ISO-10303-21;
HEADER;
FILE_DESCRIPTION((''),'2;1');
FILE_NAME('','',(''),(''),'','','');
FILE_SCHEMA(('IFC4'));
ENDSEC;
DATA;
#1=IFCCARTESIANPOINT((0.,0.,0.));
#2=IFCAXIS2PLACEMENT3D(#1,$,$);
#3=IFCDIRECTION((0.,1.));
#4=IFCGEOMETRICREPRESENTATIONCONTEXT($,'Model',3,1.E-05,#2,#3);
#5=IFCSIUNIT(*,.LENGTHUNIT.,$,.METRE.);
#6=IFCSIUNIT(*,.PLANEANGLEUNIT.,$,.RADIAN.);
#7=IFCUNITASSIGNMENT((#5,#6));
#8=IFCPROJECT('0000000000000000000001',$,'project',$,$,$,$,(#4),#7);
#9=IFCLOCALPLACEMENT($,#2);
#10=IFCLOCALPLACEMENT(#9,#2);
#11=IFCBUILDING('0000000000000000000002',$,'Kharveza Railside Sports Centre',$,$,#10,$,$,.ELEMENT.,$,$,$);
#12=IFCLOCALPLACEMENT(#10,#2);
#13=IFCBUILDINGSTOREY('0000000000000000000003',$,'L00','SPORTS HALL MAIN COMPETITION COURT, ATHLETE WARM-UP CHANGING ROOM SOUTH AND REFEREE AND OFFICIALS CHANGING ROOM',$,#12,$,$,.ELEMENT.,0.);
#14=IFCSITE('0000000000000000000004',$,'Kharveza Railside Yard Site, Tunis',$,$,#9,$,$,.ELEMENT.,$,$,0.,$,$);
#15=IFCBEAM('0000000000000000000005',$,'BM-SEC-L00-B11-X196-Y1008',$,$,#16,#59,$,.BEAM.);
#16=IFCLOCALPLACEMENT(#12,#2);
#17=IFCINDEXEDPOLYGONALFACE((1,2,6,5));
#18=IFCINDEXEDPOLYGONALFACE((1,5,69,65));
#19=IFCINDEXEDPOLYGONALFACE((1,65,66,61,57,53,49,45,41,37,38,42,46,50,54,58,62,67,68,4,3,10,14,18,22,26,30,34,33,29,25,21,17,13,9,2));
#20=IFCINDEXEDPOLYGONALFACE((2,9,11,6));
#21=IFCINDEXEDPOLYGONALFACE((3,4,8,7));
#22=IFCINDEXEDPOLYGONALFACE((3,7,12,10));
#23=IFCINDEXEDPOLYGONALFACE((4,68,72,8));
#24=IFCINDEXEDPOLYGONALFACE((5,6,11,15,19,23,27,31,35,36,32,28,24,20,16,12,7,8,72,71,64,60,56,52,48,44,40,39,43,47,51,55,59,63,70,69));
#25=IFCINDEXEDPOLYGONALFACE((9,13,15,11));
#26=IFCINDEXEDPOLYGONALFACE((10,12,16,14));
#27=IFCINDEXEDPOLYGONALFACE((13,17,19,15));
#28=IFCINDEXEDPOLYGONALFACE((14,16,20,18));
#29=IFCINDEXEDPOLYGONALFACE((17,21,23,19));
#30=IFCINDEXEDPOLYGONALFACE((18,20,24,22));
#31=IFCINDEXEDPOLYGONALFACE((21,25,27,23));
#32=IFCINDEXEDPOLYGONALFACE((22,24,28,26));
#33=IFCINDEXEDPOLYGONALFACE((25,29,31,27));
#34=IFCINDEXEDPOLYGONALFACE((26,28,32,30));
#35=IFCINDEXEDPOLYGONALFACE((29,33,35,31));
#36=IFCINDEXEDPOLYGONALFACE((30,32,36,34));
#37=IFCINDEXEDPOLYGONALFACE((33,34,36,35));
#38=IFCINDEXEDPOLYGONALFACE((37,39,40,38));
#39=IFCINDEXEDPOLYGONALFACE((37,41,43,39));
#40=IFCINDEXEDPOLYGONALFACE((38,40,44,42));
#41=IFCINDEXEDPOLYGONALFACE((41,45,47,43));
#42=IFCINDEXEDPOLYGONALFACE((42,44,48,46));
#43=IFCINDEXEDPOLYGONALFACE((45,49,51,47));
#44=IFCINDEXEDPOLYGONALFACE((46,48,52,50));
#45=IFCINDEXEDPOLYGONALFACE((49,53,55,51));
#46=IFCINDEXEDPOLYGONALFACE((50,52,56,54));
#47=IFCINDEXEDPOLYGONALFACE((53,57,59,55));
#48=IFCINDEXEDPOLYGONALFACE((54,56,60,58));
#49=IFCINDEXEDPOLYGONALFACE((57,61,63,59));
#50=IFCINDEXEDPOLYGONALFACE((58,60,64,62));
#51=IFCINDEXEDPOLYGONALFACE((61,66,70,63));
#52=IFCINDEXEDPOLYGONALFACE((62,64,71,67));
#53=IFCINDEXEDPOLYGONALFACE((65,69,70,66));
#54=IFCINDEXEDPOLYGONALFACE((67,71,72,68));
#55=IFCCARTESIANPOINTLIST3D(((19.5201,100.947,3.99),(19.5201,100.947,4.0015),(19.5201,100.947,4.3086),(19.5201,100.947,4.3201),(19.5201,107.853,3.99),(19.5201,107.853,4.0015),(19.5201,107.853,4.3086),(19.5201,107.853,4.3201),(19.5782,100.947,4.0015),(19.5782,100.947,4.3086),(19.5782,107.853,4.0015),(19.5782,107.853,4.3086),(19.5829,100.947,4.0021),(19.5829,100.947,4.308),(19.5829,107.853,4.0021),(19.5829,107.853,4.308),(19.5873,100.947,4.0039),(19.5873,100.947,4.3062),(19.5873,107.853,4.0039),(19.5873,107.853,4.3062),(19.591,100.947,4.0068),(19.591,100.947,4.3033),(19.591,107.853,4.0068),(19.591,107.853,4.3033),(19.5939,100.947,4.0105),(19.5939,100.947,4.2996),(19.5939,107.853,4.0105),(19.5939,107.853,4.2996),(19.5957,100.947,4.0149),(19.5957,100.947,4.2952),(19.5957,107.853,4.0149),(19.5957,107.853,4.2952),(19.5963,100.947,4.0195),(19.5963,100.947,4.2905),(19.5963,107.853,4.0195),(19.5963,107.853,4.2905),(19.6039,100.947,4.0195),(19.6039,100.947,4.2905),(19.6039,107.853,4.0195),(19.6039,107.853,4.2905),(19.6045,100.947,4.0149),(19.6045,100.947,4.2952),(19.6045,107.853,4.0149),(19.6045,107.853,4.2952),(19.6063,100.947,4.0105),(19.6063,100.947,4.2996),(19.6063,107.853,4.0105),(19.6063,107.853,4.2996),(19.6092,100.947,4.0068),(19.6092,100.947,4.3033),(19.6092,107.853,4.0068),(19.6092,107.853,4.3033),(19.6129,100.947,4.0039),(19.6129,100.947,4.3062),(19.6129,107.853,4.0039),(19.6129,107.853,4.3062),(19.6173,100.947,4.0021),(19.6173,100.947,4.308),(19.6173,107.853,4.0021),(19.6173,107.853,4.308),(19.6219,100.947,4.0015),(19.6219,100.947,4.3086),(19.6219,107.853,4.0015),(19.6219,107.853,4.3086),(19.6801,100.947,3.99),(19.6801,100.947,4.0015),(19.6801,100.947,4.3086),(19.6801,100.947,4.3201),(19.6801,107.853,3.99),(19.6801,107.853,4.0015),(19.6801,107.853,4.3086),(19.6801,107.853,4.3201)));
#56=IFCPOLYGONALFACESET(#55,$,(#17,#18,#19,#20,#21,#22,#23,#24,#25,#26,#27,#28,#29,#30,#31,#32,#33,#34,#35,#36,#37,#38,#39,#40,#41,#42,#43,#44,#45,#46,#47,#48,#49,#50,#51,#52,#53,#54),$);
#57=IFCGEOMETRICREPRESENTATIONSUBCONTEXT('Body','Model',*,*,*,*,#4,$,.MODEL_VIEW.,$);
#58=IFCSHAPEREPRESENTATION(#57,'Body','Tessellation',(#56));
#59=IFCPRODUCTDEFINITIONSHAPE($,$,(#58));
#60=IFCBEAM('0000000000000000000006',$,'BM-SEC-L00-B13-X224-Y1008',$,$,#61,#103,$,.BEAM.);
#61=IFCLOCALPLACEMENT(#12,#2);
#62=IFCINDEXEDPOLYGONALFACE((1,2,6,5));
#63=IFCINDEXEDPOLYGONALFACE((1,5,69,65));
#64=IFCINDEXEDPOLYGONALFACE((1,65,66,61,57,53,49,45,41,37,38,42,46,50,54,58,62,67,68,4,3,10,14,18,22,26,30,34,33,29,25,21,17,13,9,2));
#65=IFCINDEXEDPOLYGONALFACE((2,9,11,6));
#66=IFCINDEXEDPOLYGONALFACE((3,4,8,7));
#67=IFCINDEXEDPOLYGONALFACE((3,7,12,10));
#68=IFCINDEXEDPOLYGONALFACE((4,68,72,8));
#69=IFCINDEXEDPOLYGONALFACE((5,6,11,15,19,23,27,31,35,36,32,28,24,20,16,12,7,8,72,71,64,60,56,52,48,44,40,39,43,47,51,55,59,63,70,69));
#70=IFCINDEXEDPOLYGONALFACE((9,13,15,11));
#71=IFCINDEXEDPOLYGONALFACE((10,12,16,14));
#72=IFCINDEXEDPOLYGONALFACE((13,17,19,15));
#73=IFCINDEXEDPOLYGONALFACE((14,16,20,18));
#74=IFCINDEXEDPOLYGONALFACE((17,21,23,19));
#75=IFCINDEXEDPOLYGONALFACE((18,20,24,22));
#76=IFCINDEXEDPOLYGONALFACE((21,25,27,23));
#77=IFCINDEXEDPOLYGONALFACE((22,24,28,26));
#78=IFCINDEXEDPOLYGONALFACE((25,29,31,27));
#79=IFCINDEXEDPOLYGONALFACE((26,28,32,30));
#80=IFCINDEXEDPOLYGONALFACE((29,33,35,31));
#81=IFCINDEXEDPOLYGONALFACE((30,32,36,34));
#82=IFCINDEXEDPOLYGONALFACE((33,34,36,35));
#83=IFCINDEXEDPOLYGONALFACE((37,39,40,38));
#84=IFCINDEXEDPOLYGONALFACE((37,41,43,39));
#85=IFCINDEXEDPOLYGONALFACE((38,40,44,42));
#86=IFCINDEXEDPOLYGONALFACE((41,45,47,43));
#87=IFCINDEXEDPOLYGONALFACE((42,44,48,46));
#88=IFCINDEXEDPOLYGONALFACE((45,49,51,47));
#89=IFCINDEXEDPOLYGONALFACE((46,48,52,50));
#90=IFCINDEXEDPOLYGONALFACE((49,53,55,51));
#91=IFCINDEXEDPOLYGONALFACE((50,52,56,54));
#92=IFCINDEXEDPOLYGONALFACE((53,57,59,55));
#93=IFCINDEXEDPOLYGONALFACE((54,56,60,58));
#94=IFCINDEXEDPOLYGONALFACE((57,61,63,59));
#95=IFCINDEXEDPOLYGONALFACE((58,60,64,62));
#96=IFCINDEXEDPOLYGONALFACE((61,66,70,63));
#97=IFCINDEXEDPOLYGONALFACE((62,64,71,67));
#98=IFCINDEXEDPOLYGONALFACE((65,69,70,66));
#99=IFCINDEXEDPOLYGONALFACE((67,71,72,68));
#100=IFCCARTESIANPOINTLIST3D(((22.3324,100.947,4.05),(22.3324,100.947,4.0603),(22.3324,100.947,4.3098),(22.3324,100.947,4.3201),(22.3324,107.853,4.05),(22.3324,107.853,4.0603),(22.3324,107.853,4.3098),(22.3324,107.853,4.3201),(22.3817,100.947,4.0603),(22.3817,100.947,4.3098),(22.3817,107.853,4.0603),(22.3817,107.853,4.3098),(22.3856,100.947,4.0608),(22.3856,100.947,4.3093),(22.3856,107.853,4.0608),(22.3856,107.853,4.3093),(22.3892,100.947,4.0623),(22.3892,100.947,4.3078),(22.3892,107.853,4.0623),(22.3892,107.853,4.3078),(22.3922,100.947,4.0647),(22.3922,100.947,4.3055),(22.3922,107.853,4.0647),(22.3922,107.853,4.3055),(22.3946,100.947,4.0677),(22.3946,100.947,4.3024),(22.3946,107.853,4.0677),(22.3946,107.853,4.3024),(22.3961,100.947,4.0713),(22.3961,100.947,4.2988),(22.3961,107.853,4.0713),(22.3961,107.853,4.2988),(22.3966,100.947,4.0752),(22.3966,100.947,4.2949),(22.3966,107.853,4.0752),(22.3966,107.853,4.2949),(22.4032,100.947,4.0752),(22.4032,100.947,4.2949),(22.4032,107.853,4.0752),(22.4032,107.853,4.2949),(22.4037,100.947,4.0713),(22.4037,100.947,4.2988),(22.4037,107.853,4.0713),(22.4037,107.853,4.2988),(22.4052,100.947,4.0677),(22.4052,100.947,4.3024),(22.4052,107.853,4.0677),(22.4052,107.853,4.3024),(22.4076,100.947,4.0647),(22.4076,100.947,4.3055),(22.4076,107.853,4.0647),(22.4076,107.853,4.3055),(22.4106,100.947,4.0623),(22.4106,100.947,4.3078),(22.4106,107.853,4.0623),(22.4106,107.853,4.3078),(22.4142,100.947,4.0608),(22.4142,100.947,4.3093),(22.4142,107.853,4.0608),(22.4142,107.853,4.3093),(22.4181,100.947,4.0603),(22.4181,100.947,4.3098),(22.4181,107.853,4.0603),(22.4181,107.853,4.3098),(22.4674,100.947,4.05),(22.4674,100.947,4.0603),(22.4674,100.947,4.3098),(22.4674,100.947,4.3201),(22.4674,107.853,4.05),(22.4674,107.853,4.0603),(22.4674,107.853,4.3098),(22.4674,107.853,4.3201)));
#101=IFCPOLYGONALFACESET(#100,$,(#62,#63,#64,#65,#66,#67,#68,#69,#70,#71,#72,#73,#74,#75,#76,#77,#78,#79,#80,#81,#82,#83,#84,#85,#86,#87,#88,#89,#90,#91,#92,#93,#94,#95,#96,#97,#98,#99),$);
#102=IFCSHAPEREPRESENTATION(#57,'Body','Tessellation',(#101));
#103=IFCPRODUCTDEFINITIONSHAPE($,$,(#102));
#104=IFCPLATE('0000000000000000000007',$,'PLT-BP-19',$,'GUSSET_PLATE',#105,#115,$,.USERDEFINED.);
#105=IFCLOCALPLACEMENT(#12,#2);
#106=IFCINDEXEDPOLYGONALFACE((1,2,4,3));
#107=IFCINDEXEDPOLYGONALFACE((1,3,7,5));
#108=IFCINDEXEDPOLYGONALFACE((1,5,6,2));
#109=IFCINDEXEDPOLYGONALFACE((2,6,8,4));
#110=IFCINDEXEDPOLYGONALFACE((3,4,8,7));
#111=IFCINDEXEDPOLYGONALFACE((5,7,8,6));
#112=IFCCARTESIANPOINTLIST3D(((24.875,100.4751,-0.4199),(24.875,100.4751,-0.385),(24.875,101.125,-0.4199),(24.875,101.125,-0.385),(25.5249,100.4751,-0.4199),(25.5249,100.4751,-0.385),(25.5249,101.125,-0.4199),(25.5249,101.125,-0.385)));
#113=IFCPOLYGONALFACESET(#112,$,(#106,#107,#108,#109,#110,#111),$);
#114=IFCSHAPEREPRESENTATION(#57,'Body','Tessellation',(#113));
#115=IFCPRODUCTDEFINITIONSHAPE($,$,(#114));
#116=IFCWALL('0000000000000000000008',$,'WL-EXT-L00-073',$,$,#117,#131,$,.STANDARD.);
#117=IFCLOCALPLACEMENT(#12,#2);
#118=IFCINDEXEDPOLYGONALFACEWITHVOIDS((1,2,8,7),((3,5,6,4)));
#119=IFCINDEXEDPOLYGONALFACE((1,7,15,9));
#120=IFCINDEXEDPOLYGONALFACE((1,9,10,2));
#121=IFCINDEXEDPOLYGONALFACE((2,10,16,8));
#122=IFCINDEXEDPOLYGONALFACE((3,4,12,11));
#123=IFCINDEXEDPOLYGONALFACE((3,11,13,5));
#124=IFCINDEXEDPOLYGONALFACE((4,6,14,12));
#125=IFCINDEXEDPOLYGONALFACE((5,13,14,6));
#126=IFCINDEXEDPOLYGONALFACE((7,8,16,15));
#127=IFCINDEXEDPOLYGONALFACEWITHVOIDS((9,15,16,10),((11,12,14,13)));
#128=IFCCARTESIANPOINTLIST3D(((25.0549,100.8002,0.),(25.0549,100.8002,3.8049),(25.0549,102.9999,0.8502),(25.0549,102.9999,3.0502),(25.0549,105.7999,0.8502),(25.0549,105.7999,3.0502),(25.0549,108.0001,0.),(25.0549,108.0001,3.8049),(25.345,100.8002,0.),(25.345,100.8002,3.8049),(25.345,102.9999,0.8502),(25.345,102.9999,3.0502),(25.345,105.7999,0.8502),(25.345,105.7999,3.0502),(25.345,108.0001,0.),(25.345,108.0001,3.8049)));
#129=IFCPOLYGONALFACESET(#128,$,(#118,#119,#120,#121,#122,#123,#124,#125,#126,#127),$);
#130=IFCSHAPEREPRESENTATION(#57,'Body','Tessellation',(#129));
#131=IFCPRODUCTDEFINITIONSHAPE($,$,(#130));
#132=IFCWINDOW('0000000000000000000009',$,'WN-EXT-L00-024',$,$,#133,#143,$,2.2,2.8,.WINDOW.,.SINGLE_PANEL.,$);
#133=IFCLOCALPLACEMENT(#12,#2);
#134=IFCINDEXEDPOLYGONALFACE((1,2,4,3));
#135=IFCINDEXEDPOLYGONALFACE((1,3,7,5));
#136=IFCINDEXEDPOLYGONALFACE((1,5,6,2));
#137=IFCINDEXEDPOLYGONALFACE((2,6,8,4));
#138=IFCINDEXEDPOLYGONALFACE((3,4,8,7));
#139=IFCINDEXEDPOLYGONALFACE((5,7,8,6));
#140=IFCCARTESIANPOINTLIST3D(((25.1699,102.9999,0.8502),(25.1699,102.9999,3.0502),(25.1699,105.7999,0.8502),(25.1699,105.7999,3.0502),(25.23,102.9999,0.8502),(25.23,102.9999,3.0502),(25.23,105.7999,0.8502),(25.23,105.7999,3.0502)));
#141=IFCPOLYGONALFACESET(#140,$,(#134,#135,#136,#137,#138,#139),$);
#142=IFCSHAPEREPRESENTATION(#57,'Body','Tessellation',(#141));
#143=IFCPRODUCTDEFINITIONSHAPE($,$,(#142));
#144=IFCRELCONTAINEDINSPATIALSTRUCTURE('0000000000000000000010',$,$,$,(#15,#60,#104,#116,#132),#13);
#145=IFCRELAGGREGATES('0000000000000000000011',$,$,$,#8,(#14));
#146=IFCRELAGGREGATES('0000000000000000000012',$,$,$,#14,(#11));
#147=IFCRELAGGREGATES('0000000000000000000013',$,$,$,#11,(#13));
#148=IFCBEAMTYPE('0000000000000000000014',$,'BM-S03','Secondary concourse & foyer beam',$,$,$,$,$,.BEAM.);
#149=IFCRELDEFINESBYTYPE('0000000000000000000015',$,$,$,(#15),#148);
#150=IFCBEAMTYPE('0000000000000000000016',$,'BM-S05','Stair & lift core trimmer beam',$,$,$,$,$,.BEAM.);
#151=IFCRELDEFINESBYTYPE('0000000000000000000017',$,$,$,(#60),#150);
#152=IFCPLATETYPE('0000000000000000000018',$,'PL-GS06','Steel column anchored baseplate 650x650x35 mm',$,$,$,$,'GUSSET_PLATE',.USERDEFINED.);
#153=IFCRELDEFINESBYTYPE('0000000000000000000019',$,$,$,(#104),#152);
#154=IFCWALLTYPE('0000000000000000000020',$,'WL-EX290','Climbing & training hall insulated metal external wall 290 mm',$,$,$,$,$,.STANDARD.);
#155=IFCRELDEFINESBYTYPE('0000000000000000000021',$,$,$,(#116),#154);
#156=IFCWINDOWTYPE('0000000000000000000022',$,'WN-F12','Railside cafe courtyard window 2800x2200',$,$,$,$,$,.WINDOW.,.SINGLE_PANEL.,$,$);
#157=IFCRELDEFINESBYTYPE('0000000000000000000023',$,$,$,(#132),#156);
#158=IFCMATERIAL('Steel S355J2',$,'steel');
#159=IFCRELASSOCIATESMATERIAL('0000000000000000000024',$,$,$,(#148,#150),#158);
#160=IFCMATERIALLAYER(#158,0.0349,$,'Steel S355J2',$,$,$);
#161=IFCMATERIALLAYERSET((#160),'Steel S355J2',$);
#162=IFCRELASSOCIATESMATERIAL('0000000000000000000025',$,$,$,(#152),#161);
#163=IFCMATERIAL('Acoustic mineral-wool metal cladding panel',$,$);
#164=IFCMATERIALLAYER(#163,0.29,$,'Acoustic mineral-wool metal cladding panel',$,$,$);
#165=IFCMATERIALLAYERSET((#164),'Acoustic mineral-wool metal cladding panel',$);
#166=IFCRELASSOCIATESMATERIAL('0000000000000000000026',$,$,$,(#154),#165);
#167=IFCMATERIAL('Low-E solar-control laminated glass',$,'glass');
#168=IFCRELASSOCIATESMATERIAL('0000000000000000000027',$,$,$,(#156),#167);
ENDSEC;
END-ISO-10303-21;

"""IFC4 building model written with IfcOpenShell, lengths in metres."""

from ifc_helpers import new_model, si_unit, direction, frame, frame_2d, origin, origin_2d, place, context, subcontext, project, spatial, rectangle, i_section, extrude, material, layer, layer_set, material_profile, profile_set, type_object, element, fill, save


model = new_model("IFC4")

# Units and contexts
model_context = context("Model", 3, precision=1e-05, world=origin(), true_north=direction((0.0, 1.0)))
body_context = subcontext(model_context, "Body", "Model", "MODEL_VIEW")
ifc_project = project(units=[si_unit("LENGTHUNIT", "METRE"), si_unit("PLANEANGLEUNIT", "RADIAN")], contexts=[model_context])

# Site, building, storey
site_placement = place(None, origin())
site = spatial("IfcSite", under=ifc_project, at=site_placement, Name="Kharveza Railside Yard Site, Tunis", CompositionType="ELEMENT", RefElevation=0.0)
building_placement = place(site_placement, origin())
building = spatial("IfcBuilding", under=site, at=building_placement, Name="Kharveza Railside Sports Centre", CompositionType="ELEMENT")
storey_placement = place(building_placement, origin())
storey = spatial("IfcBuildingStorey", under=building, at=storey_placement, Name="L00", Description="SPORTS HALL MAIN COMPETITION COURT, ATHLETE WARM-UP CHANGING ROOM SOUTH AND REFEREE AND OFFICIALS CHANGING ROOM", CompositionType="ELEMENT", Elevation=0.0)

# Shared definitions
ifc_material_1 = material(Name="Steel S355J2", Category="steel")

# Beams
ifc_material_profile_1 = material_profile(ifc_material_1, i_section(OverallWidth=0.1599, OverallDepth=0.3301, WebThickness=0.0076, FlangeThickness=0.0115, FilletRadius=0.0181, at=origin_2d()), Name="IPE 330")
ifc_profile_set_1 = profile_set([ifc_material_profile_1], Name="Steel S355J2")
beam_type_1 = type_object("IfcBeamType", Name="BM-S03", Description="Secondary concourse & foyer beam", PredefinedType="BEAM", material=ifc_profile_set_1)
beam_1_placement = place(storey_placement, frame((19.6001, 100.947, 4.155), z_axis=(0.0, 1.0, 0.0), x_axis=(-1.0, 0.0, 0.0)))
element("IfcBeam", 1, at=beam_1_placement, inside=storey, type_object=beam_type_1, Name="BM-SEC-L00-B11-X196-Y1008", PredefinedType="BEAM", context=body_context, shape_type="SweptSolid", body=[
    extrude(i_section(OverallWidth=0.1599, OverallDepth=0.3301, WebThickness=0.0076, FlangeThickness=0.0115, FilletRadius=0.0181, at=origin_2d()), origin(), (0.0, 0.0, 1.0), 6.906),
])
ifc_material_profile_2 = material_profile(ifc_material_1, i_section(OverallWidth=0.135, OverallDepth=0.27, WebThickness=0.0066, FlangeThickness=0.0103, FilletRadius=0.0149, at=origin_2d()), Name="IPE 270")
ifc_profile_set_2 = profile_set([ifc_material_profile_2], Name="Steel S355J2")
beam_type_2 = type_object("IfcBeamType", Name="BM-S05", Description="Stair & lift core trimmer beam", PredefinedType="BEAM", material=ifc_profile_set_2)
beam_2_placement = place(storey_placement, frame((22.3999, 100.947, 4.1851), z_axis=(0.0, 1.0, 0.0), x_axis=(-1.0, 0.0, 0.0)))
element("IfcBeam", 2, at=beam_2_placement, inside=storey, type_object=beam_type_2, Name="BM-SEC-L00-B13-X224-Y1008", PredefinedType="BEAM", context=body_context, shape_type="SweptSolid", body=[
    extrude(i_section(OverallWidth=0.135, OverallDepth=0.27, WebThickness=0.0066, FlangeThickness=0.0103, FilletRadius=0.0149, at=origin_2d()), origin(), (0.0, 0.0, 1.0), 6.906),
])

# Plate
ifc_layer_1 = layer(ifc_material_1, 0.0349, Name="Steel S355J2")
ifc_layer_set_1 = layer_set([ifc_layer_1], Name="Steel S355J2")
plate_type = type_object("IfcPlateType", Name="PL-GS06", Description="Steel column anchored baseplate 650x650x35 mm", ElementType="GUSSET_PLATE", PredefinedType="USERDEFINED", material=ifc_layer_set_1)
plate_placement = place(storey_placement, frame((25.2, 100.8, -0.4199), z_axis=(0.0, 0.0, 1.0), x_axis=(1.0, 0.0, 0.0)))
element("IfcPlate", 3, at=plate_placement, inside=storey, type_object=plate_type, Name="PLT-BP-19", ObjectType="GUSSET_PLATE", PredefinedType="USERDEFINED", context=body_context, shape_type="SweptSolid", body=[
    extrude(rectangle(XDim=0.6499, YDim=0.6499, at=origin_2d()), origin(), (0.0, 0.0, 1.0), 0.0349),
])

# Wall, opening, window
ifc_material_2 = material(Name="Acoustic mineral-wool metal cladding panel")
ifc_layer_2 = layer(ifc_material_2, 0.29, Name="Acoustic mineral-wool metal cladding panel")
ifc_layer_set_2 = layer_set([ifc_layer_2], Name="Acoustic mineral-wool metal cladding panel")
wall_type = type_object("IfcWallType", Name="WL-EX290", Description="Climbing & training hall insulated metal external wall 290 mm", PredefinedType="STANDARD", material=ifc_layer_set_2)
wall_placement = place(storey_placement, frame((25.2, 100.8, 0.0), z_axis=(0.0, 0.0, 1.0), x_axis=(0.0, 1.0, 0.0)))
wall = element("IfcWall", 4, at=wall_placement, inside=storey, type_object=wall_type, Name="WL-EXT-L00-073", PredefinedType="STANDARD", context=body_context, shape_type="SweptSolid", body=[
    extrude(rectangle(XDim=7.2, YDim=0.29, at=frame_2d((3.6001, 0.0))), origin(), (0.0, 0.0, 1.0), 3.8049),
])
opening_placement = place(wall_placement, frame((2.2, 0.0, 0.8501)))
opening = element("IfcOpeningElement", 5, at=opening_placement, cuts=wall, PredefinedType="OPENING", context=body_context, shape_type="SweptSolid", body=[
    extrude(rectangle(XDim=2.8, YDim=2.2, at=frame_2d((1.3999, 1.1001))), frame((0.0, 0.1699, 0.0), z_axis=(0.0, -1.0, 0.0), x_axis=(1.0, 0.0, 0.0)), (0.0, 0.0, 1.0), 0.3398),
])
ifc_material_3 = material(Name="Low-E solar-control laminated glass", Category="glass")
window_type = type_object("IfcWindowType", Name="WN-F12", Description="Railside cafe courtyard window 2800x2200", PartitioningType="SINGLE_PANEL", PredefinedType="WINDOW", material=ifc_material_3)
window_placement = place(opening_placement, origin())
window = element("IfcWindow", 6, at=window_placement, inside=storey, type_object=window_type, Name="WN-EXT-L00-024", OverallHeight=2.2, OverallWidth=2.8, PartitioningType="SINGLE_PANEL", PredefinedType="WINDOW", context=body_context, shape_type="SweptSolid", body=[
    extrude(rectangle(XDim=2.8, YDim=2.2, at=frame_2d((1.3999, 1.1001))), frame((0.0, 0.03, 0.0), z_axis=(0.0, -1.0, 0.0), x_axis=(1.0, 0.0, 0.0)), (0.0, 0.0, 1.0), 0.0601),
])
fill(opening, window)

save(model, "model.ifc")
